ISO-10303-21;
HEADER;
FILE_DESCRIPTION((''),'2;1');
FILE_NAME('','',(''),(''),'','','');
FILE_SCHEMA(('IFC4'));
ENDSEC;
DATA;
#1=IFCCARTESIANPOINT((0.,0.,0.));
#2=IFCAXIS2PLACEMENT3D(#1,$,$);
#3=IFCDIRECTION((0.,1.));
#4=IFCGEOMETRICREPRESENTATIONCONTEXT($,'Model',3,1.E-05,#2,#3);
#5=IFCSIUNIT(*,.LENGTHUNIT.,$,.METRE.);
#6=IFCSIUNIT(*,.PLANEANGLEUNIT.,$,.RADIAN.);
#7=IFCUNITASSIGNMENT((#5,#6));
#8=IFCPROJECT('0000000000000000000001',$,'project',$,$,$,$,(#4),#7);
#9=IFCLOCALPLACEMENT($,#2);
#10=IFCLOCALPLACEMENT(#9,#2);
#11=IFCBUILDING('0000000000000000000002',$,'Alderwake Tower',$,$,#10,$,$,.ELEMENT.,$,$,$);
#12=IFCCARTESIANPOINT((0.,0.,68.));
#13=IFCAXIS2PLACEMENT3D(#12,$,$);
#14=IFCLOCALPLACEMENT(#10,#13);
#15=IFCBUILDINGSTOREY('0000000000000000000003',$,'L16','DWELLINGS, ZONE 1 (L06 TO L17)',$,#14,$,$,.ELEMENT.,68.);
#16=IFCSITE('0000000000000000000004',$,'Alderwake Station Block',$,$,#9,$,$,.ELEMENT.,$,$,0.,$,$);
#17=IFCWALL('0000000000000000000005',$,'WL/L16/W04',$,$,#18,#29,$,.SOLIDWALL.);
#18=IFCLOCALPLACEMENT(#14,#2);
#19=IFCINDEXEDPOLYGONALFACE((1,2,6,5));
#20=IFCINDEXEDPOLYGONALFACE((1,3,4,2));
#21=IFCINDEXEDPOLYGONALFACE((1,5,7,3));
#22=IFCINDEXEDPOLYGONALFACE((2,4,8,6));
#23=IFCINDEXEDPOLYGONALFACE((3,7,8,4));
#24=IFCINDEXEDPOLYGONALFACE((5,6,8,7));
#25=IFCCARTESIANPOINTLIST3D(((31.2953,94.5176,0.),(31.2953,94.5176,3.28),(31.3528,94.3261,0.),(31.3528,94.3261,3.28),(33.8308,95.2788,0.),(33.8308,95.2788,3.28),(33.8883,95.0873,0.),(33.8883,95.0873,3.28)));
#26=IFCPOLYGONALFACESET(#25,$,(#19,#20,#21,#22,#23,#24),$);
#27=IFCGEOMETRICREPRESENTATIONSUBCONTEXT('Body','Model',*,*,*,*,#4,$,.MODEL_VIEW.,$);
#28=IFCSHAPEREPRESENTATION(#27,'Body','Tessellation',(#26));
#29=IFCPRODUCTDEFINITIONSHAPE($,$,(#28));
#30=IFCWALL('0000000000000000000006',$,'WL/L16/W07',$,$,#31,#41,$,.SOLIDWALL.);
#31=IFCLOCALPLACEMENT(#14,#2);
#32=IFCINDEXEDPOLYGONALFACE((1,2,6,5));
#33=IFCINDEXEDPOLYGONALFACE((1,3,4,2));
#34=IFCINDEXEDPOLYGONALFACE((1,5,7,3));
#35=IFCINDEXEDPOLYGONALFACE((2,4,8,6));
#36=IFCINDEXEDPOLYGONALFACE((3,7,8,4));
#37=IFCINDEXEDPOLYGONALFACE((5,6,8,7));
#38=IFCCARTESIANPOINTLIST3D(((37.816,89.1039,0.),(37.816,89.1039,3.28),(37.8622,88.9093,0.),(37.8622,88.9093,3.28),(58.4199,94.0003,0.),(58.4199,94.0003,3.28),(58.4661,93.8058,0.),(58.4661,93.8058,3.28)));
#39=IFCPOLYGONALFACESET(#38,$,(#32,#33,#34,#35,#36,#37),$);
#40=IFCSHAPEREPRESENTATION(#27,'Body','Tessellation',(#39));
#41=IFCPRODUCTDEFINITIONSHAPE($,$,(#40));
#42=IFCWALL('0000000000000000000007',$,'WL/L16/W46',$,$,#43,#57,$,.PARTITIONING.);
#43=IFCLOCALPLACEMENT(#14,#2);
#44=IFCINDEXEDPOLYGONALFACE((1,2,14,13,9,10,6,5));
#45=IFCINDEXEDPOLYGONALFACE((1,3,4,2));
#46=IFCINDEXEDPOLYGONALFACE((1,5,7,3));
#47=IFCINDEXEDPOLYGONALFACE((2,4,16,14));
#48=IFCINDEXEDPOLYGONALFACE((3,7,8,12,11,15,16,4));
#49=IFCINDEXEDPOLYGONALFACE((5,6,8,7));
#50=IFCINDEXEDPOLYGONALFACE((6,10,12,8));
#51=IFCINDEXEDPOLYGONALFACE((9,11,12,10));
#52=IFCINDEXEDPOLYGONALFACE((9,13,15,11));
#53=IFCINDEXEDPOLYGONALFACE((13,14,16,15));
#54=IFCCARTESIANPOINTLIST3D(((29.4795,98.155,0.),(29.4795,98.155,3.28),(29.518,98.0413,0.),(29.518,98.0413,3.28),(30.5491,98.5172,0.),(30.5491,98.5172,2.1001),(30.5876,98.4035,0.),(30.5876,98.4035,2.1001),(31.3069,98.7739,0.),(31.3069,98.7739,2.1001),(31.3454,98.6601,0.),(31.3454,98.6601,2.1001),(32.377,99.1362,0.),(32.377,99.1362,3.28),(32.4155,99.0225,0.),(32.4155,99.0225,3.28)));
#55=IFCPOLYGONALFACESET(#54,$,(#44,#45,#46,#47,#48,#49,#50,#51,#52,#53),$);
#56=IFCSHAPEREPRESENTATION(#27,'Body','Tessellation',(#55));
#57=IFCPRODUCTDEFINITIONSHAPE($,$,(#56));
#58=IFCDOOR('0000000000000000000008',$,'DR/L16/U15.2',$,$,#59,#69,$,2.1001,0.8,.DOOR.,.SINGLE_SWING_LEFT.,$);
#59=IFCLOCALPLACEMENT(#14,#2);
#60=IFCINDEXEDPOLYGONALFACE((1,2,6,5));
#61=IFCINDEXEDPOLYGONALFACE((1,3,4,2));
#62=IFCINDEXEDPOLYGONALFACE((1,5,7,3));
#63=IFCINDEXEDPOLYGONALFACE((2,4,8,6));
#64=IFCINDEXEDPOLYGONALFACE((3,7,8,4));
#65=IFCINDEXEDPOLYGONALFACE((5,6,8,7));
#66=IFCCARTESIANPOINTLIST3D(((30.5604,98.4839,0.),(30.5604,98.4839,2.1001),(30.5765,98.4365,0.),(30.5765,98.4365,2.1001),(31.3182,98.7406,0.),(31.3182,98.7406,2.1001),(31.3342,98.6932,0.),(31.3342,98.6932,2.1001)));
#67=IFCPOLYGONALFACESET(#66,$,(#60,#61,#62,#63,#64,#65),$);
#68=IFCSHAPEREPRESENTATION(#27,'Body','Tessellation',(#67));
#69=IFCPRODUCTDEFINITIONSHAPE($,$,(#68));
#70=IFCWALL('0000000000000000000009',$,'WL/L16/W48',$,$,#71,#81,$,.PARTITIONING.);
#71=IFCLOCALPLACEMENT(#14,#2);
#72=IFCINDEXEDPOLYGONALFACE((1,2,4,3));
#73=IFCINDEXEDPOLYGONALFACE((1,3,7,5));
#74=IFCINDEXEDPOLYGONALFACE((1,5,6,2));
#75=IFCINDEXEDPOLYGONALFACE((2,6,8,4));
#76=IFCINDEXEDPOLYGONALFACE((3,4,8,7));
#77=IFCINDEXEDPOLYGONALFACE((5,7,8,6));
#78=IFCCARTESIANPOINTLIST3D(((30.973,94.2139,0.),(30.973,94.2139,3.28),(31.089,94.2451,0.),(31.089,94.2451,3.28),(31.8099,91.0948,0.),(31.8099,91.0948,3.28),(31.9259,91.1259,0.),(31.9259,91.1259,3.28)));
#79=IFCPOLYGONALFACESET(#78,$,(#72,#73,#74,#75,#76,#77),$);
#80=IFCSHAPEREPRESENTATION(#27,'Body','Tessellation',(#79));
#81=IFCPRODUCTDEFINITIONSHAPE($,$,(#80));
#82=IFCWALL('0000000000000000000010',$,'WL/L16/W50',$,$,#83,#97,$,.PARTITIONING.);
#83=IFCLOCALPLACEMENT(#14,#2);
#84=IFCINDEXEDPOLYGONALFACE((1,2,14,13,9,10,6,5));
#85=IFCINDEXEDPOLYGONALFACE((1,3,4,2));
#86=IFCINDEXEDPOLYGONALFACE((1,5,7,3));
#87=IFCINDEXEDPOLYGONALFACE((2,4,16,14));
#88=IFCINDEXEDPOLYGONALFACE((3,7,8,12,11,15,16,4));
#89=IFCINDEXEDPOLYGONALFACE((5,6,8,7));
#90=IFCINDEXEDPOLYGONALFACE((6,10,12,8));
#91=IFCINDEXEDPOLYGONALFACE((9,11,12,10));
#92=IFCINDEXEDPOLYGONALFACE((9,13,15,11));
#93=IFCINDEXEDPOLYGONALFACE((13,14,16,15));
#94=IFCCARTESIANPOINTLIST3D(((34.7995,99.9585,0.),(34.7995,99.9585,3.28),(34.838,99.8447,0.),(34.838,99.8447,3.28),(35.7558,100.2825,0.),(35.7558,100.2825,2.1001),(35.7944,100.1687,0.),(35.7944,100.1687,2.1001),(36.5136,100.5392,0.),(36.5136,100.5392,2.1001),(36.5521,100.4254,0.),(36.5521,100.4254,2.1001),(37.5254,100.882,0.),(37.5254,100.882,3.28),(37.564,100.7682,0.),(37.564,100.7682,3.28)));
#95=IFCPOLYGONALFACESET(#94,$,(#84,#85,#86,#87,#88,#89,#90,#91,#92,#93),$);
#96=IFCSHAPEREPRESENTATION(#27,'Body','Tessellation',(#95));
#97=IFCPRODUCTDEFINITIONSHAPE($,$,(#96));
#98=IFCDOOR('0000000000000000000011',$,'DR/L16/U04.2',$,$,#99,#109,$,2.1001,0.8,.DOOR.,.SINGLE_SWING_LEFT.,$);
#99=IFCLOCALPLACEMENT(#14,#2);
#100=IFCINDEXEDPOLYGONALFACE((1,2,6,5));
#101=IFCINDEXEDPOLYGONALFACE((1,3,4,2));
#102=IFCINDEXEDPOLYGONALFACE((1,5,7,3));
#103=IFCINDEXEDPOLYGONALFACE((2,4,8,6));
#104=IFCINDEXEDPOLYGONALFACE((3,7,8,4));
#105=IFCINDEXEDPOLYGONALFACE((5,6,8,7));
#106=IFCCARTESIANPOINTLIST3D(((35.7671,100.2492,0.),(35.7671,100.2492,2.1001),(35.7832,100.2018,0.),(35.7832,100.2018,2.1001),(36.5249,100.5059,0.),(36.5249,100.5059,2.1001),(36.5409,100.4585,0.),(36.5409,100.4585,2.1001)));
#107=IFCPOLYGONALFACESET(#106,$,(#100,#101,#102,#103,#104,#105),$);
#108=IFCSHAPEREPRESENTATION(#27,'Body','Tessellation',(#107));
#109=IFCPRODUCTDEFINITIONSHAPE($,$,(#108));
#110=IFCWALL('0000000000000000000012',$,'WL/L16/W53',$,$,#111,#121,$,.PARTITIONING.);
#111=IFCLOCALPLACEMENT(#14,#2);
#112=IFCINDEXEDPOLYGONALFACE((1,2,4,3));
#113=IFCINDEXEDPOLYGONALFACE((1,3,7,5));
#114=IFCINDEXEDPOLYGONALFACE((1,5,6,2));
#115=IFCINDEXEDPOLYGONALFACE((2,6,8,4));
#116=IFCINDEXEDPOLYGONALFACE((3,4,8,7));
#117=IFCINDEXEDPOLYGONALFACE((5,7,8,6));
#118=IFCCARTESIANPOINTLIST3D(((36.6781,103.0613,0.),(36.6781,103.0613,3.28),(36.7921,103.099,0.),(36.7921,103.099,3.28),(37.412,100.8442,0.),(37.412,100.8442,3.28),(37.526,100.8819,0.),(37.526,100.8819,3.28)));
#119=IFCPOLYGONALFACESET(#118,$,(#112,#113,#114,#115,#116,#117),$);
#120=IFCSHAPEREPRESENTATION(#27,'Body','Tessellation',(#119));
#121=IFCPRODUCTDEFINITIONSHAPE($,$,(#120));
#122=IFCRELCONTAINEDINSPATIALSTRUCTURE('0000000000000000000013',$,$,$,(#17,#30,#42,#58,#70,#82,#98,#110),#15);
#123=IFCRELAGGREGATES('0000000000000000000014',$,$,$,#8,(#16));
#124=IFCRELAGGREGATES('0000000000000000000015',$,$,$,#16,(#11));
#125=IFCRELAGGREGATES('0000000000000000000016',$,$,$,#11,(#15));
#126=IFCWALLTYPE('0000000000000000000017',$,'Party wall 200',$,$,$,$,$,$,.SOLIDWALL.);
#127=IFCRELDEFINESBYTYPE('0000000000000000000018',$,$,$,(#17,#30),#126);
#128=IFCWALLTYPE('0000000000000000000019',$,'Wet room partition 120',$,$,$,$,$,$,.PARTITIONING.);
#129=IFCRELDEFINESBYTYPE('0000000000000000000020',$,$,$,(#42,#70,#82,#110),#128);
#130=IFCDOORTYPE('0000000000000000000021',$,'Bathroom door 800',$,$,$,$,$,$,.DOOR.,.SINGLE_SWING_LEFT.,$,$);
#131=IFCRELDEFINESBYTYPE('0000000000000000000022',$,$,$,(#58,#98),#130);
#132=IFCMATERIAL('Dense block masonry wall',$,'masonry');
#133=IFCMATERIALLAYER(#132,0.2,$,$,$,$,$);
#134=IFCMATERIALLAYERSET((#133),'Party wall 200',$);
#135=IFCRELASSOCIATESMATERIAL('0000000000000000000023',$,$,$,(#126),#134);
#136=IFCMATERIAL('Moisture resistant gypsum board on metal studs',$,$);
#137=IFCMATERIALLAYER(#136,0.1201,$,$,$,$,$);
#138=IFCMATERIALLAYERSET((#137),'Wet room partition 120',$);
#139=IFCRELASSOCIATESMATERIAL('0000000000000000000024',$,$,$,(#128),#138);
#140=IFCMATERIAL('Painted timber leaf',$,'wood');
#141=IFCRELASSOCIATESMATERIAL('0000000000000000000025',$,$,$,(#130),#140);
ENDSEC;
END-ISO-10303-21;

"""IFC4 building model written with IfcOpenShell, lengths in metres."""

from ifc_helpers import new_model, si_unit, direction, frame, frame_2d, origin, place, context, subcontext, project, spatial, rectangle, extrude, material, layer, layer_set, type_object, element, fill, save


model = new_model("IFC4")

# Units and contexts
model_context = context("Model", 3, precision=1e-05, world=origin(), true_north=direction((0.0, 1.0)))
body_context = subcontext(model_context, "Body", "Model", "MODEL_VIEW")
ifc_project = project(units=[si_unit("LENGTHUNIT", "METRE"), si_unit("PLANEANGLEUNIT", "RADIAN")], contexts=[model_context])

# Site, building, storey
site_placement = place(None, origin())
site = spatial("IfcSite", under=ifc_project, at=site_placement, Name="Alderwake Station Block", CompositionType="ELEMENT", RefElevation=0.0)
building_placement = place(site_placement, origin())
building = spatial("IfcBuilding", under=site, at=building_placement, Name="Alderwake Tower", CompositionType="ELEMENT")
storey_placement = place(building_placement, frame((0.0, 0.0, 68.0)))
storey = spatial("IfcBuildingStorey", under=building, at=storey_placement, Name="L16", Description="DWELLINGS, ZONE 1 (L06 TO L17)", CompositionType="ELEMENT", Elevation=68.0)

# Walls
ifc_material_1 = material(Name="Dense block masonry wall", Category="masonry")
ifc_layer_1 = layer(ifc_material_1, 0.2)
ifc_layer_set_1 = layer_set([ifc_layer_1], Name="Party wall 200")
wall_type_1 = type_object("IfcWallType", Name="Party wall 200", PredefinedType="SOLIDWALL", material=ifc_layer_set_1)
wall_1_placement = place(storey_placement, frame((33.8596, 95.1831, 0.0), z_axis=(0.0, 0.0, 1.0), x_axis=(-0.957763, -0.287559, 0.0)))
element("IfcWall", 1, at=wall_1_placement, inside=storey, type_object=wall_type_1, Name="WL/L16/W04", PredefinedType="SOLIDWALL", context=body_context, shape_type="SweptSolid", body=[
    extrude(rectangle(XDim=2.6472, YDim=0.2, at=frame_2d((1.3237, 0.0))), origin(), (0.0, 0.0, 1.0), 3.28),
])
wall_2_placement = place(storey_placement, frame((37.8391, 89.0066, 0.0), z_axis=(0.0, 0.0, 1.0), x_axis=(0.972904, 0.231208, 0.0)))
element("IfcWall", 2, at=wall_2_placement, inside=storey, type_object=wall_type_1, Name="WL/L16/W07", PredefinedType="SOLIDWALL", context=body_context, shape_type="SweptSolid", body=[
    extrude(rectangle(XDim=21.1777, YDim=0.2, at=frame_2d((10.5889, 0.0))), origin(), (0.0, 0.0, 1.0), 3.28),
])

# Wall, opening, door
ifc_material_2 = material(Name="Moisture resistant gypsum board on metal studs")
ifc_layer_2 = layer(ifc_material_2, 0.1201)
ifc_layer_set_2 = layer_set([ifc_layer_2], Name="Wet room partition 120")
wall_type_2 = type_object("IfcWallType", Name="Wet room partition 120", PredefinedType="PARTITIONING", material=ifc_layer_set_2)
wall_3_placement = place(storey_placement, frame((29.4988, 98.0981, 0.0), z_axis=(0.0, 0.0, 1.0), x_axis=(0.947164, 0.320749, 0.0)))
wall_3 = element("IfcWall", 3, at=wall_3_placement, inside=storey, type_object=wall_type_2, Name="WL/L16/W46", PredefinedType="PARTITIONING", context=body_context, shape_type="SweptSolid", body=[
    extrude(rectangle(XDim=3.0591, YDim=0.1201, at=frame_2d((1.5295, 0.0))), origin(), (0.0, 0.0, 1.0), 3.28),
])
opening_1_placement = place(wall_3_placement, frame((1.1294, 0.0, 0.0)))
opening_1 = element("IfcOpeningElement", 4, at=opening_1_placement, cuts=wall_3, PredefinedType="OPENING", context=body_context, shape_type="SweptSolid", body=[
    extrude(rectangle(XDim=0.8, YDim=2.1001, at=frame_2d((0.3999, 1.05))), frame((0.0, 0.0701, 0.0), z_axis=(0.0, -1.0, 0.0), x_axis=(1.0, 0.0, 0.0)), (0.0, 0.0, 1.0), 0.1401),
])
ifc_material_3 = material(Name="Painted timber leaf", Category="wood")
door_type_1 = type_object("IfcDoorType", Name="Bathroom door 800", OperationType="SINGLE_SWING_LEFT", PredefinedType="DOOR", material=ifc_material_3)
door_1_placement = place(opening_1_placement, origin())
door_1 = element("IfcDoor", 5, at=door_1_placement, inside=storey, type_object=door_type_1, Name="DR/L16/U15.2", OperationType="SINGLE_SWING_LEFT", OverallHeight=2.1001, OverallWidth=0.8, PredefinedType="DOOR", context=body_context, shape_type="SweptSolid", body=[
    extrude(rectangle(XDim=0.8, YDim=2.1001, at=frame_2d((0.3999, 1.05))), frame((0.0, 0.0249, 0.0), z_axis=(0.0, -1.0, 0.0), x_axis=(1.0, 0.0, 0.0)), (0.0, 0.0, 1.0), 0.05),
])
fill(opening_1, door_1)

# Wall
wall_4_placement = place(storey_placement, frame((31.031, 94.2295, 0.0), z_axis=(0.0, 0.0, 1.0), x_axis=(0.259149, -0.965837, 0.0)))
element("IfcWall", 6, at=wall_4_placement, inside=storey, type_object=wall_type_2, Name="WL/L16/W48", PredefinedType="PARTITIONING", context=body_context, shape_type="SweptSolid", body=[
    extrude(rectangle(XDim=3.2295, YDim=0.1201, at=frame_2d((1.6147, 0.0))), origin(), (0.0, 0.0, 1.0), 3.28),
])

# Wall, opening, door
wall_5_placement = place(storey_placement, frame((34.8188, 99.9016, 0.0), z_axis=(0.0, 0.0, 1.0), x_axis=(0.94712, 0.320881, 0.0)))
wall_5 = element("IfcWall", 7, at=wall_5_placement, inside=storey, type_object=wall_type_2, Name="WL/L16/W50", PredefinedType="PARTITIONING", context=body_context, shape_type="SweptSolid", body=[
    extrude(rectangle(XDim=2.8782, YDim=0.1201, at=frame_2d((1.439, 0.0))), origin(), (0.0, 0.0, 1.0), 3.28),
])
opening_2_placement = place(wall_5_placement, frame((1.0098, 0.0, 0.0)))
opening_2 = element("IfcOpeningElement", 8, at=opening_2_placement, cuts=wall_5, PredefinedType="OPENING", context=body_context, shape_type="SweptSolid", body=[
    extrude(rectangle(XDim=0.8, YDim=2.1001, at=frame_2d((0.3999, 1.05))), frame((0.0, 0.0701, 0.0), z_axis=(0.0, -1.0, 0.0), x_axis=(1.0, 0.0, 0.0)), (0.0, 0.0, 1.0), 0.1401),
])
door_2_placement = place(opening_2_placement, origin())
door_2 = element("IfcDoor", 9, at=door_2_placement, inside=storey, type_object=door_type_1, Name="DR/L16/U04.2", OperationType="SINGLE_SWING_LEFT", OverallHeight=2.1001, OverallWidth=0.8, PredefinedType="DOOR", context=body_context, shape_type="SweptSolid", body=[
    extrude(rectangle(XDim=0.8, YDim=2.1001, at=frame_2d((0.3999, 1.05))), frame((0.0, 0.0249, 0.0), z_axis=(0.0, -1.0, 0.0), x_axis=(1.0, 0.0, 0.0)), (0.0, 0.0, 1.0), 0.05),
])
fill(opening_2, door_2)

# Wall
wall_6_placement = place(storey_placement, frame((37.469, 100.863, 0.0), z_axis=(0.0, 0.0, 1.0), x_axis=(-0.314251, 0.94934, 0.0)))
element("IfcWall", 10, at=wall_6_placement, inside=storey, type_object=wall_type_2, Name="WL/L16/W53", PredefinedType="PARTITIONING", context=body_context, shape_type="SweptSolid", body=[
    extrude(rectangle(XDim=2.3354, YDim=0.1201, at=frame_2d((1.1677, 0.0))), origin(), (0.0, 0.0, 1.0), 3.28),
])

save(model, "model.ifc")
